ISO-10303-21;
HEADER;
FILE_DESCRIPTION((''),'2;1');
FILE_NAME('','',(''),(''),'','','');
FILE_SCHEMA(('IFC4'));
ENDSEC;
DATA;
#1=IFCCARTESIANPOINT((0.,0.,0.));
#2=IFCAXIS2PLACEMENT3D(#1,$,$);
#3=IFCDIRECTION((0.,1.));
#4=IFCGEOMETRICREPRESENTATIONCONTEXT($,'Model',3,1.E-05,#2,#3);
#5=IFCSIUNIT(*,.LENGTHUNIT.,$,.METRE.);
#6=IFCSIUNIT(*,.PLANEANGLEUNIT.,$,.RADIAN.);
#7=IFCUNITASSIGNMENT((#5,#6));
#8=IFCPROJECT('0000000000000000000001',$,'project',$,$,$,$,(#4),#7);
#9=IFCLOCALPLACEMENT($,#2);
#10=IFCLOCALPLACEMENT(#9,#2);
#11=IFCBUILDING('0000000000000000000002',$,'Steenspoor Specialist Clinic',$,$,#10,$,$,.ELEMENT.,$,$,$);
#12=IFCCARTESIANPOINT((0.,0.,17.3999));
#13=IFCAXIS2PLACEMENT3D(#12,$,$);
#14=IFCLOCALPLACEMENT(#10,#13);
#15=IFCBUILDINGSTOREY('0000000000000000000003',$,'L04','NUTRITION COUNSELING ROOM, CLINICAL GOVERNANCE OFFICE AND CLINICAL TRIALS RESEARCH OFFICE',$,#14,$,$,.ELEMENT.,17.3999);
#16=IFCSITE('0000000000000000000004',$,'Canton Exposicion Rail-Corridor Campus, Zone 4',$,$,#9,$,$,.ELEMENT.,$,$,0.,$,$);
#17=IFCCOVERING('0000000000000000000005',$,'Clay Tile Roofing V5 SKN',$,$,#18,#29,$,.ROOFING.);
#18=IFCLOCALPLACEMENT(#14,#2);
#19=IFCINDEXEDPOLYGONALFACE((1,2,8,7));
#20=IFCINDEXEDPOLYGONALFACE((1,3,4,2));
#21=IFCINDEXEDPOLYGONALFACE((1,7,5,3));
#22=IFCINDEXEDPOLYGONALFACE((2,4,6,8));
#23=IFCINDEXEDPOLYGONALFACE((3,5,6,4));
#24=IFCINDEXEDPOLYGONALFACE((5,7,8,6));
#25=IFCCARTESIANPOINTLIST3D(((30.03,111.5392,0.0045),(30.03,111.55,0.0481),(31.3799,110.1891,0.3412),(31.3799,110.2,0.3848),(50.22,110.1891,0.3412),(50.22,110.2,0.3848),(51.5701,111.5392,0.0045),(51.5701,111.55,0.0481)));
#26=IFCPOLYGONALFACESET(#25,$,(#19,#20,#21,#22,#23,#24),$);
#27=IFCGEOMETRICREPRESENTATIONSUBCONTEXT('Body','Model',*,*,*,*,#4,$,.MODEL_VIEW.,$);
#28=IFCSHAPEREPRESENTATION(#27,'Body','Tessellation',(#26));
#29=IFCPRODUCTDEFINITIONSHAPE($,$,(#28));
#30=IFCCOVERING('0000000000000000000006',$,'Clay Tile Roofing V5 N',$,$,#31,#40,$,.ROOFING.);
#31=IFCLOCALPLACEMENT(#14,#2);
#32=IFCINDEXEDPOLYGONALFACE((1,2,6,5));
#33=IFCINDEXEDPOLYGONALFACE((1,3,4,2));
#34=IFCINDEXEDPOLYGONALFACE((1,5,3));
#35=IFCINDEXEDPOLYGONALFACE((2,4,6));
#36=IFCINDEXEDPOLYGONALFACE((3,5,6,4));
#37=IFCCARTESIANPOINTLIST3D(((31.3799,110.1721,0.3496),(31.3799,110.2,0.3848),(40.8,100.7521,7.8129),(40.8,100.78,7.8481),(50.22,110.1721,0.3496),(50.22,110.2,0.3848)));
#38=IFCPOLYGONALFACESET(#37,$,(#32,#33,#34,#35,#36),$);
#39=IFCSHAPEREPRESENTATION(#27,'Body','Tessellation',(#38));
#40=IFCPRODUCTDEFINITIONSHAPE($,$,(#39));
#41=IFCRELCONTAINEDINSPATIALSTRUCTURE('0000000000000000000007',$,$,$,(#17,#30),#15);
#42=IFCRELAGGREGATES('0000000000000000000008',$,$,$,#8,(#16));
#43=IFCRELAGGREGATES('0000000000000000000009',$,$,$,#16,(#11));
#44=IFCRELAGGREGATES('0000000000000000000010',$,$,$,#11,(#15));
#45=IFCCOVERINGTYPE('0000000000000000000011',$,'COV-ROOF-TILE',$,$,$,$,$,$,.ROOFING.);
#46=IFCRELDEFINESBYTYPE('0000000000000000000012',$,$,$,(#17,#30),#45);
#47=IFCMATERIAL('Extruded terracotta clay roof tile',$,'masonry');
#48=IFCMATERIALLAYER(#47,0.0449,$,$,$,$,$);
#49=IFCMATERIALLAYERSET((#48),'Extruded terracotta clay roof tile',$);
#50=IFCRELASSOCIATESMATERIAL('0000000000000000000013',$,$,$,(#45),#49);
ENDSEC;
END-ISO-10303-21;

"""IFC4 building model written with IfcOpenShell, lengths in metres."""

from ifc_helpers import new_model, si_unit, direction, frame, origin, place, context, subcontext, project, spatial, polyline, outline, extrude, material, layer, layer_set, type_object, element, save


model = new_model("IFC4")

# Units and contexts
model_context = context("Model", 3, precision=1e-05, world=origin(), true_north=direction((0.0, 1.0)))
body_context = subcontext(model_context, "Body", "Model", "MODEL_VIEW")
ifc_project = project(units=[si_unit("LENGTHUNIT", "METRE"), si_unit("PLANEANGLEUNIT", "RADIAN")], contexts=[model_context])

# Site, building, storey
site_placement = place(None, origin())
site = spatial("IfcSite", under=ifc_project, at=site_placement, Name="Canton Exposicion Rail-Corridor Campus, Zone 4", CompositionType="ELEMENT", RefElevation=0.0)
building_placement = place(site_placement, origin())
building = spatial("IfcBuilding", under=site, at=building_placement, Name="Steenspoor Specialist Clinic", CompositionType="ELEMENT")
storey_placement = place(building_placement, frame((0.0, 0.0, 17.3999)))
storey = spatial("IfcBuildingStorey", under=building, at=storey_placement, Name="L04", Description="NUTRITION COUNSELING ROOM, CLINICAL GOVERNANCE OFFICE AND CLINICAL TRIALS RESEARCH OFFICE", CompositionType="ELEMENT", Elevation=17.3999)

# Shared definitions
ifc_material_1 = material(Name="Extruded terracotta clay roof tile", Category="masonry")

# Coverings
ifc_layer_1 = layer(ifc_material_1, 0.0449)
ifc_layer_set_1 = layer_set([ifc_layer_1], Name="Extruded terracotta clay roof tile")
covering_type = type_object("IfcCoveringType", Name="COV-ROOF-TILE", PredefinedType="ROOFING", material=ifc_layer_set_1)
covering_1_placement = place(storey_placement, frame((51.5701, 111.55, 0.0481), z_axis=(0.0, 0.241958, 0.970287), x_axis=(-1.0, 0.0, 0.0)))
element("IfcCovering", 1, at=covering_1_placement, inside=storey, type_object=covering_type, Name="Clay Tile Roofing V5 SKN", PredefinedType="ROOFING", context=body_context, shape_type="SweptSolid", body=[
    extrude(outline(polyline([(0.0, 0.0), (21.54, 0.0), (20.1902, 1.3914), (1.3501, 1.3914), (0.0, 0.0)])), origin(), (0.0, 0.0, -1.0), 0.0449),
])
covering_2_placement = place(storey_placement, frame((50.22, 110.2, 0.3848), z_axis=(0.0, 0.621007, 0.783805), x_axis=(-1.0, 0.0, 0.0)))
element("IfcCovering", 2, at=covering_2_placement, inside=storey, type_object=covering_type, Name="Clay Tile Roofing V5 N", PredefinedType="ROOFING", context=body_context, shape_type="SweptSolid", body=[
    extrude(outline(polyline([(0.0, 0.0), (18.8401, 0.0), (9.4199, 12.0182), (0.0, 0.0)])), origin(), (0.0, 0.0, -1.0), 0.0449),
])

save(model, "model.ifc")
